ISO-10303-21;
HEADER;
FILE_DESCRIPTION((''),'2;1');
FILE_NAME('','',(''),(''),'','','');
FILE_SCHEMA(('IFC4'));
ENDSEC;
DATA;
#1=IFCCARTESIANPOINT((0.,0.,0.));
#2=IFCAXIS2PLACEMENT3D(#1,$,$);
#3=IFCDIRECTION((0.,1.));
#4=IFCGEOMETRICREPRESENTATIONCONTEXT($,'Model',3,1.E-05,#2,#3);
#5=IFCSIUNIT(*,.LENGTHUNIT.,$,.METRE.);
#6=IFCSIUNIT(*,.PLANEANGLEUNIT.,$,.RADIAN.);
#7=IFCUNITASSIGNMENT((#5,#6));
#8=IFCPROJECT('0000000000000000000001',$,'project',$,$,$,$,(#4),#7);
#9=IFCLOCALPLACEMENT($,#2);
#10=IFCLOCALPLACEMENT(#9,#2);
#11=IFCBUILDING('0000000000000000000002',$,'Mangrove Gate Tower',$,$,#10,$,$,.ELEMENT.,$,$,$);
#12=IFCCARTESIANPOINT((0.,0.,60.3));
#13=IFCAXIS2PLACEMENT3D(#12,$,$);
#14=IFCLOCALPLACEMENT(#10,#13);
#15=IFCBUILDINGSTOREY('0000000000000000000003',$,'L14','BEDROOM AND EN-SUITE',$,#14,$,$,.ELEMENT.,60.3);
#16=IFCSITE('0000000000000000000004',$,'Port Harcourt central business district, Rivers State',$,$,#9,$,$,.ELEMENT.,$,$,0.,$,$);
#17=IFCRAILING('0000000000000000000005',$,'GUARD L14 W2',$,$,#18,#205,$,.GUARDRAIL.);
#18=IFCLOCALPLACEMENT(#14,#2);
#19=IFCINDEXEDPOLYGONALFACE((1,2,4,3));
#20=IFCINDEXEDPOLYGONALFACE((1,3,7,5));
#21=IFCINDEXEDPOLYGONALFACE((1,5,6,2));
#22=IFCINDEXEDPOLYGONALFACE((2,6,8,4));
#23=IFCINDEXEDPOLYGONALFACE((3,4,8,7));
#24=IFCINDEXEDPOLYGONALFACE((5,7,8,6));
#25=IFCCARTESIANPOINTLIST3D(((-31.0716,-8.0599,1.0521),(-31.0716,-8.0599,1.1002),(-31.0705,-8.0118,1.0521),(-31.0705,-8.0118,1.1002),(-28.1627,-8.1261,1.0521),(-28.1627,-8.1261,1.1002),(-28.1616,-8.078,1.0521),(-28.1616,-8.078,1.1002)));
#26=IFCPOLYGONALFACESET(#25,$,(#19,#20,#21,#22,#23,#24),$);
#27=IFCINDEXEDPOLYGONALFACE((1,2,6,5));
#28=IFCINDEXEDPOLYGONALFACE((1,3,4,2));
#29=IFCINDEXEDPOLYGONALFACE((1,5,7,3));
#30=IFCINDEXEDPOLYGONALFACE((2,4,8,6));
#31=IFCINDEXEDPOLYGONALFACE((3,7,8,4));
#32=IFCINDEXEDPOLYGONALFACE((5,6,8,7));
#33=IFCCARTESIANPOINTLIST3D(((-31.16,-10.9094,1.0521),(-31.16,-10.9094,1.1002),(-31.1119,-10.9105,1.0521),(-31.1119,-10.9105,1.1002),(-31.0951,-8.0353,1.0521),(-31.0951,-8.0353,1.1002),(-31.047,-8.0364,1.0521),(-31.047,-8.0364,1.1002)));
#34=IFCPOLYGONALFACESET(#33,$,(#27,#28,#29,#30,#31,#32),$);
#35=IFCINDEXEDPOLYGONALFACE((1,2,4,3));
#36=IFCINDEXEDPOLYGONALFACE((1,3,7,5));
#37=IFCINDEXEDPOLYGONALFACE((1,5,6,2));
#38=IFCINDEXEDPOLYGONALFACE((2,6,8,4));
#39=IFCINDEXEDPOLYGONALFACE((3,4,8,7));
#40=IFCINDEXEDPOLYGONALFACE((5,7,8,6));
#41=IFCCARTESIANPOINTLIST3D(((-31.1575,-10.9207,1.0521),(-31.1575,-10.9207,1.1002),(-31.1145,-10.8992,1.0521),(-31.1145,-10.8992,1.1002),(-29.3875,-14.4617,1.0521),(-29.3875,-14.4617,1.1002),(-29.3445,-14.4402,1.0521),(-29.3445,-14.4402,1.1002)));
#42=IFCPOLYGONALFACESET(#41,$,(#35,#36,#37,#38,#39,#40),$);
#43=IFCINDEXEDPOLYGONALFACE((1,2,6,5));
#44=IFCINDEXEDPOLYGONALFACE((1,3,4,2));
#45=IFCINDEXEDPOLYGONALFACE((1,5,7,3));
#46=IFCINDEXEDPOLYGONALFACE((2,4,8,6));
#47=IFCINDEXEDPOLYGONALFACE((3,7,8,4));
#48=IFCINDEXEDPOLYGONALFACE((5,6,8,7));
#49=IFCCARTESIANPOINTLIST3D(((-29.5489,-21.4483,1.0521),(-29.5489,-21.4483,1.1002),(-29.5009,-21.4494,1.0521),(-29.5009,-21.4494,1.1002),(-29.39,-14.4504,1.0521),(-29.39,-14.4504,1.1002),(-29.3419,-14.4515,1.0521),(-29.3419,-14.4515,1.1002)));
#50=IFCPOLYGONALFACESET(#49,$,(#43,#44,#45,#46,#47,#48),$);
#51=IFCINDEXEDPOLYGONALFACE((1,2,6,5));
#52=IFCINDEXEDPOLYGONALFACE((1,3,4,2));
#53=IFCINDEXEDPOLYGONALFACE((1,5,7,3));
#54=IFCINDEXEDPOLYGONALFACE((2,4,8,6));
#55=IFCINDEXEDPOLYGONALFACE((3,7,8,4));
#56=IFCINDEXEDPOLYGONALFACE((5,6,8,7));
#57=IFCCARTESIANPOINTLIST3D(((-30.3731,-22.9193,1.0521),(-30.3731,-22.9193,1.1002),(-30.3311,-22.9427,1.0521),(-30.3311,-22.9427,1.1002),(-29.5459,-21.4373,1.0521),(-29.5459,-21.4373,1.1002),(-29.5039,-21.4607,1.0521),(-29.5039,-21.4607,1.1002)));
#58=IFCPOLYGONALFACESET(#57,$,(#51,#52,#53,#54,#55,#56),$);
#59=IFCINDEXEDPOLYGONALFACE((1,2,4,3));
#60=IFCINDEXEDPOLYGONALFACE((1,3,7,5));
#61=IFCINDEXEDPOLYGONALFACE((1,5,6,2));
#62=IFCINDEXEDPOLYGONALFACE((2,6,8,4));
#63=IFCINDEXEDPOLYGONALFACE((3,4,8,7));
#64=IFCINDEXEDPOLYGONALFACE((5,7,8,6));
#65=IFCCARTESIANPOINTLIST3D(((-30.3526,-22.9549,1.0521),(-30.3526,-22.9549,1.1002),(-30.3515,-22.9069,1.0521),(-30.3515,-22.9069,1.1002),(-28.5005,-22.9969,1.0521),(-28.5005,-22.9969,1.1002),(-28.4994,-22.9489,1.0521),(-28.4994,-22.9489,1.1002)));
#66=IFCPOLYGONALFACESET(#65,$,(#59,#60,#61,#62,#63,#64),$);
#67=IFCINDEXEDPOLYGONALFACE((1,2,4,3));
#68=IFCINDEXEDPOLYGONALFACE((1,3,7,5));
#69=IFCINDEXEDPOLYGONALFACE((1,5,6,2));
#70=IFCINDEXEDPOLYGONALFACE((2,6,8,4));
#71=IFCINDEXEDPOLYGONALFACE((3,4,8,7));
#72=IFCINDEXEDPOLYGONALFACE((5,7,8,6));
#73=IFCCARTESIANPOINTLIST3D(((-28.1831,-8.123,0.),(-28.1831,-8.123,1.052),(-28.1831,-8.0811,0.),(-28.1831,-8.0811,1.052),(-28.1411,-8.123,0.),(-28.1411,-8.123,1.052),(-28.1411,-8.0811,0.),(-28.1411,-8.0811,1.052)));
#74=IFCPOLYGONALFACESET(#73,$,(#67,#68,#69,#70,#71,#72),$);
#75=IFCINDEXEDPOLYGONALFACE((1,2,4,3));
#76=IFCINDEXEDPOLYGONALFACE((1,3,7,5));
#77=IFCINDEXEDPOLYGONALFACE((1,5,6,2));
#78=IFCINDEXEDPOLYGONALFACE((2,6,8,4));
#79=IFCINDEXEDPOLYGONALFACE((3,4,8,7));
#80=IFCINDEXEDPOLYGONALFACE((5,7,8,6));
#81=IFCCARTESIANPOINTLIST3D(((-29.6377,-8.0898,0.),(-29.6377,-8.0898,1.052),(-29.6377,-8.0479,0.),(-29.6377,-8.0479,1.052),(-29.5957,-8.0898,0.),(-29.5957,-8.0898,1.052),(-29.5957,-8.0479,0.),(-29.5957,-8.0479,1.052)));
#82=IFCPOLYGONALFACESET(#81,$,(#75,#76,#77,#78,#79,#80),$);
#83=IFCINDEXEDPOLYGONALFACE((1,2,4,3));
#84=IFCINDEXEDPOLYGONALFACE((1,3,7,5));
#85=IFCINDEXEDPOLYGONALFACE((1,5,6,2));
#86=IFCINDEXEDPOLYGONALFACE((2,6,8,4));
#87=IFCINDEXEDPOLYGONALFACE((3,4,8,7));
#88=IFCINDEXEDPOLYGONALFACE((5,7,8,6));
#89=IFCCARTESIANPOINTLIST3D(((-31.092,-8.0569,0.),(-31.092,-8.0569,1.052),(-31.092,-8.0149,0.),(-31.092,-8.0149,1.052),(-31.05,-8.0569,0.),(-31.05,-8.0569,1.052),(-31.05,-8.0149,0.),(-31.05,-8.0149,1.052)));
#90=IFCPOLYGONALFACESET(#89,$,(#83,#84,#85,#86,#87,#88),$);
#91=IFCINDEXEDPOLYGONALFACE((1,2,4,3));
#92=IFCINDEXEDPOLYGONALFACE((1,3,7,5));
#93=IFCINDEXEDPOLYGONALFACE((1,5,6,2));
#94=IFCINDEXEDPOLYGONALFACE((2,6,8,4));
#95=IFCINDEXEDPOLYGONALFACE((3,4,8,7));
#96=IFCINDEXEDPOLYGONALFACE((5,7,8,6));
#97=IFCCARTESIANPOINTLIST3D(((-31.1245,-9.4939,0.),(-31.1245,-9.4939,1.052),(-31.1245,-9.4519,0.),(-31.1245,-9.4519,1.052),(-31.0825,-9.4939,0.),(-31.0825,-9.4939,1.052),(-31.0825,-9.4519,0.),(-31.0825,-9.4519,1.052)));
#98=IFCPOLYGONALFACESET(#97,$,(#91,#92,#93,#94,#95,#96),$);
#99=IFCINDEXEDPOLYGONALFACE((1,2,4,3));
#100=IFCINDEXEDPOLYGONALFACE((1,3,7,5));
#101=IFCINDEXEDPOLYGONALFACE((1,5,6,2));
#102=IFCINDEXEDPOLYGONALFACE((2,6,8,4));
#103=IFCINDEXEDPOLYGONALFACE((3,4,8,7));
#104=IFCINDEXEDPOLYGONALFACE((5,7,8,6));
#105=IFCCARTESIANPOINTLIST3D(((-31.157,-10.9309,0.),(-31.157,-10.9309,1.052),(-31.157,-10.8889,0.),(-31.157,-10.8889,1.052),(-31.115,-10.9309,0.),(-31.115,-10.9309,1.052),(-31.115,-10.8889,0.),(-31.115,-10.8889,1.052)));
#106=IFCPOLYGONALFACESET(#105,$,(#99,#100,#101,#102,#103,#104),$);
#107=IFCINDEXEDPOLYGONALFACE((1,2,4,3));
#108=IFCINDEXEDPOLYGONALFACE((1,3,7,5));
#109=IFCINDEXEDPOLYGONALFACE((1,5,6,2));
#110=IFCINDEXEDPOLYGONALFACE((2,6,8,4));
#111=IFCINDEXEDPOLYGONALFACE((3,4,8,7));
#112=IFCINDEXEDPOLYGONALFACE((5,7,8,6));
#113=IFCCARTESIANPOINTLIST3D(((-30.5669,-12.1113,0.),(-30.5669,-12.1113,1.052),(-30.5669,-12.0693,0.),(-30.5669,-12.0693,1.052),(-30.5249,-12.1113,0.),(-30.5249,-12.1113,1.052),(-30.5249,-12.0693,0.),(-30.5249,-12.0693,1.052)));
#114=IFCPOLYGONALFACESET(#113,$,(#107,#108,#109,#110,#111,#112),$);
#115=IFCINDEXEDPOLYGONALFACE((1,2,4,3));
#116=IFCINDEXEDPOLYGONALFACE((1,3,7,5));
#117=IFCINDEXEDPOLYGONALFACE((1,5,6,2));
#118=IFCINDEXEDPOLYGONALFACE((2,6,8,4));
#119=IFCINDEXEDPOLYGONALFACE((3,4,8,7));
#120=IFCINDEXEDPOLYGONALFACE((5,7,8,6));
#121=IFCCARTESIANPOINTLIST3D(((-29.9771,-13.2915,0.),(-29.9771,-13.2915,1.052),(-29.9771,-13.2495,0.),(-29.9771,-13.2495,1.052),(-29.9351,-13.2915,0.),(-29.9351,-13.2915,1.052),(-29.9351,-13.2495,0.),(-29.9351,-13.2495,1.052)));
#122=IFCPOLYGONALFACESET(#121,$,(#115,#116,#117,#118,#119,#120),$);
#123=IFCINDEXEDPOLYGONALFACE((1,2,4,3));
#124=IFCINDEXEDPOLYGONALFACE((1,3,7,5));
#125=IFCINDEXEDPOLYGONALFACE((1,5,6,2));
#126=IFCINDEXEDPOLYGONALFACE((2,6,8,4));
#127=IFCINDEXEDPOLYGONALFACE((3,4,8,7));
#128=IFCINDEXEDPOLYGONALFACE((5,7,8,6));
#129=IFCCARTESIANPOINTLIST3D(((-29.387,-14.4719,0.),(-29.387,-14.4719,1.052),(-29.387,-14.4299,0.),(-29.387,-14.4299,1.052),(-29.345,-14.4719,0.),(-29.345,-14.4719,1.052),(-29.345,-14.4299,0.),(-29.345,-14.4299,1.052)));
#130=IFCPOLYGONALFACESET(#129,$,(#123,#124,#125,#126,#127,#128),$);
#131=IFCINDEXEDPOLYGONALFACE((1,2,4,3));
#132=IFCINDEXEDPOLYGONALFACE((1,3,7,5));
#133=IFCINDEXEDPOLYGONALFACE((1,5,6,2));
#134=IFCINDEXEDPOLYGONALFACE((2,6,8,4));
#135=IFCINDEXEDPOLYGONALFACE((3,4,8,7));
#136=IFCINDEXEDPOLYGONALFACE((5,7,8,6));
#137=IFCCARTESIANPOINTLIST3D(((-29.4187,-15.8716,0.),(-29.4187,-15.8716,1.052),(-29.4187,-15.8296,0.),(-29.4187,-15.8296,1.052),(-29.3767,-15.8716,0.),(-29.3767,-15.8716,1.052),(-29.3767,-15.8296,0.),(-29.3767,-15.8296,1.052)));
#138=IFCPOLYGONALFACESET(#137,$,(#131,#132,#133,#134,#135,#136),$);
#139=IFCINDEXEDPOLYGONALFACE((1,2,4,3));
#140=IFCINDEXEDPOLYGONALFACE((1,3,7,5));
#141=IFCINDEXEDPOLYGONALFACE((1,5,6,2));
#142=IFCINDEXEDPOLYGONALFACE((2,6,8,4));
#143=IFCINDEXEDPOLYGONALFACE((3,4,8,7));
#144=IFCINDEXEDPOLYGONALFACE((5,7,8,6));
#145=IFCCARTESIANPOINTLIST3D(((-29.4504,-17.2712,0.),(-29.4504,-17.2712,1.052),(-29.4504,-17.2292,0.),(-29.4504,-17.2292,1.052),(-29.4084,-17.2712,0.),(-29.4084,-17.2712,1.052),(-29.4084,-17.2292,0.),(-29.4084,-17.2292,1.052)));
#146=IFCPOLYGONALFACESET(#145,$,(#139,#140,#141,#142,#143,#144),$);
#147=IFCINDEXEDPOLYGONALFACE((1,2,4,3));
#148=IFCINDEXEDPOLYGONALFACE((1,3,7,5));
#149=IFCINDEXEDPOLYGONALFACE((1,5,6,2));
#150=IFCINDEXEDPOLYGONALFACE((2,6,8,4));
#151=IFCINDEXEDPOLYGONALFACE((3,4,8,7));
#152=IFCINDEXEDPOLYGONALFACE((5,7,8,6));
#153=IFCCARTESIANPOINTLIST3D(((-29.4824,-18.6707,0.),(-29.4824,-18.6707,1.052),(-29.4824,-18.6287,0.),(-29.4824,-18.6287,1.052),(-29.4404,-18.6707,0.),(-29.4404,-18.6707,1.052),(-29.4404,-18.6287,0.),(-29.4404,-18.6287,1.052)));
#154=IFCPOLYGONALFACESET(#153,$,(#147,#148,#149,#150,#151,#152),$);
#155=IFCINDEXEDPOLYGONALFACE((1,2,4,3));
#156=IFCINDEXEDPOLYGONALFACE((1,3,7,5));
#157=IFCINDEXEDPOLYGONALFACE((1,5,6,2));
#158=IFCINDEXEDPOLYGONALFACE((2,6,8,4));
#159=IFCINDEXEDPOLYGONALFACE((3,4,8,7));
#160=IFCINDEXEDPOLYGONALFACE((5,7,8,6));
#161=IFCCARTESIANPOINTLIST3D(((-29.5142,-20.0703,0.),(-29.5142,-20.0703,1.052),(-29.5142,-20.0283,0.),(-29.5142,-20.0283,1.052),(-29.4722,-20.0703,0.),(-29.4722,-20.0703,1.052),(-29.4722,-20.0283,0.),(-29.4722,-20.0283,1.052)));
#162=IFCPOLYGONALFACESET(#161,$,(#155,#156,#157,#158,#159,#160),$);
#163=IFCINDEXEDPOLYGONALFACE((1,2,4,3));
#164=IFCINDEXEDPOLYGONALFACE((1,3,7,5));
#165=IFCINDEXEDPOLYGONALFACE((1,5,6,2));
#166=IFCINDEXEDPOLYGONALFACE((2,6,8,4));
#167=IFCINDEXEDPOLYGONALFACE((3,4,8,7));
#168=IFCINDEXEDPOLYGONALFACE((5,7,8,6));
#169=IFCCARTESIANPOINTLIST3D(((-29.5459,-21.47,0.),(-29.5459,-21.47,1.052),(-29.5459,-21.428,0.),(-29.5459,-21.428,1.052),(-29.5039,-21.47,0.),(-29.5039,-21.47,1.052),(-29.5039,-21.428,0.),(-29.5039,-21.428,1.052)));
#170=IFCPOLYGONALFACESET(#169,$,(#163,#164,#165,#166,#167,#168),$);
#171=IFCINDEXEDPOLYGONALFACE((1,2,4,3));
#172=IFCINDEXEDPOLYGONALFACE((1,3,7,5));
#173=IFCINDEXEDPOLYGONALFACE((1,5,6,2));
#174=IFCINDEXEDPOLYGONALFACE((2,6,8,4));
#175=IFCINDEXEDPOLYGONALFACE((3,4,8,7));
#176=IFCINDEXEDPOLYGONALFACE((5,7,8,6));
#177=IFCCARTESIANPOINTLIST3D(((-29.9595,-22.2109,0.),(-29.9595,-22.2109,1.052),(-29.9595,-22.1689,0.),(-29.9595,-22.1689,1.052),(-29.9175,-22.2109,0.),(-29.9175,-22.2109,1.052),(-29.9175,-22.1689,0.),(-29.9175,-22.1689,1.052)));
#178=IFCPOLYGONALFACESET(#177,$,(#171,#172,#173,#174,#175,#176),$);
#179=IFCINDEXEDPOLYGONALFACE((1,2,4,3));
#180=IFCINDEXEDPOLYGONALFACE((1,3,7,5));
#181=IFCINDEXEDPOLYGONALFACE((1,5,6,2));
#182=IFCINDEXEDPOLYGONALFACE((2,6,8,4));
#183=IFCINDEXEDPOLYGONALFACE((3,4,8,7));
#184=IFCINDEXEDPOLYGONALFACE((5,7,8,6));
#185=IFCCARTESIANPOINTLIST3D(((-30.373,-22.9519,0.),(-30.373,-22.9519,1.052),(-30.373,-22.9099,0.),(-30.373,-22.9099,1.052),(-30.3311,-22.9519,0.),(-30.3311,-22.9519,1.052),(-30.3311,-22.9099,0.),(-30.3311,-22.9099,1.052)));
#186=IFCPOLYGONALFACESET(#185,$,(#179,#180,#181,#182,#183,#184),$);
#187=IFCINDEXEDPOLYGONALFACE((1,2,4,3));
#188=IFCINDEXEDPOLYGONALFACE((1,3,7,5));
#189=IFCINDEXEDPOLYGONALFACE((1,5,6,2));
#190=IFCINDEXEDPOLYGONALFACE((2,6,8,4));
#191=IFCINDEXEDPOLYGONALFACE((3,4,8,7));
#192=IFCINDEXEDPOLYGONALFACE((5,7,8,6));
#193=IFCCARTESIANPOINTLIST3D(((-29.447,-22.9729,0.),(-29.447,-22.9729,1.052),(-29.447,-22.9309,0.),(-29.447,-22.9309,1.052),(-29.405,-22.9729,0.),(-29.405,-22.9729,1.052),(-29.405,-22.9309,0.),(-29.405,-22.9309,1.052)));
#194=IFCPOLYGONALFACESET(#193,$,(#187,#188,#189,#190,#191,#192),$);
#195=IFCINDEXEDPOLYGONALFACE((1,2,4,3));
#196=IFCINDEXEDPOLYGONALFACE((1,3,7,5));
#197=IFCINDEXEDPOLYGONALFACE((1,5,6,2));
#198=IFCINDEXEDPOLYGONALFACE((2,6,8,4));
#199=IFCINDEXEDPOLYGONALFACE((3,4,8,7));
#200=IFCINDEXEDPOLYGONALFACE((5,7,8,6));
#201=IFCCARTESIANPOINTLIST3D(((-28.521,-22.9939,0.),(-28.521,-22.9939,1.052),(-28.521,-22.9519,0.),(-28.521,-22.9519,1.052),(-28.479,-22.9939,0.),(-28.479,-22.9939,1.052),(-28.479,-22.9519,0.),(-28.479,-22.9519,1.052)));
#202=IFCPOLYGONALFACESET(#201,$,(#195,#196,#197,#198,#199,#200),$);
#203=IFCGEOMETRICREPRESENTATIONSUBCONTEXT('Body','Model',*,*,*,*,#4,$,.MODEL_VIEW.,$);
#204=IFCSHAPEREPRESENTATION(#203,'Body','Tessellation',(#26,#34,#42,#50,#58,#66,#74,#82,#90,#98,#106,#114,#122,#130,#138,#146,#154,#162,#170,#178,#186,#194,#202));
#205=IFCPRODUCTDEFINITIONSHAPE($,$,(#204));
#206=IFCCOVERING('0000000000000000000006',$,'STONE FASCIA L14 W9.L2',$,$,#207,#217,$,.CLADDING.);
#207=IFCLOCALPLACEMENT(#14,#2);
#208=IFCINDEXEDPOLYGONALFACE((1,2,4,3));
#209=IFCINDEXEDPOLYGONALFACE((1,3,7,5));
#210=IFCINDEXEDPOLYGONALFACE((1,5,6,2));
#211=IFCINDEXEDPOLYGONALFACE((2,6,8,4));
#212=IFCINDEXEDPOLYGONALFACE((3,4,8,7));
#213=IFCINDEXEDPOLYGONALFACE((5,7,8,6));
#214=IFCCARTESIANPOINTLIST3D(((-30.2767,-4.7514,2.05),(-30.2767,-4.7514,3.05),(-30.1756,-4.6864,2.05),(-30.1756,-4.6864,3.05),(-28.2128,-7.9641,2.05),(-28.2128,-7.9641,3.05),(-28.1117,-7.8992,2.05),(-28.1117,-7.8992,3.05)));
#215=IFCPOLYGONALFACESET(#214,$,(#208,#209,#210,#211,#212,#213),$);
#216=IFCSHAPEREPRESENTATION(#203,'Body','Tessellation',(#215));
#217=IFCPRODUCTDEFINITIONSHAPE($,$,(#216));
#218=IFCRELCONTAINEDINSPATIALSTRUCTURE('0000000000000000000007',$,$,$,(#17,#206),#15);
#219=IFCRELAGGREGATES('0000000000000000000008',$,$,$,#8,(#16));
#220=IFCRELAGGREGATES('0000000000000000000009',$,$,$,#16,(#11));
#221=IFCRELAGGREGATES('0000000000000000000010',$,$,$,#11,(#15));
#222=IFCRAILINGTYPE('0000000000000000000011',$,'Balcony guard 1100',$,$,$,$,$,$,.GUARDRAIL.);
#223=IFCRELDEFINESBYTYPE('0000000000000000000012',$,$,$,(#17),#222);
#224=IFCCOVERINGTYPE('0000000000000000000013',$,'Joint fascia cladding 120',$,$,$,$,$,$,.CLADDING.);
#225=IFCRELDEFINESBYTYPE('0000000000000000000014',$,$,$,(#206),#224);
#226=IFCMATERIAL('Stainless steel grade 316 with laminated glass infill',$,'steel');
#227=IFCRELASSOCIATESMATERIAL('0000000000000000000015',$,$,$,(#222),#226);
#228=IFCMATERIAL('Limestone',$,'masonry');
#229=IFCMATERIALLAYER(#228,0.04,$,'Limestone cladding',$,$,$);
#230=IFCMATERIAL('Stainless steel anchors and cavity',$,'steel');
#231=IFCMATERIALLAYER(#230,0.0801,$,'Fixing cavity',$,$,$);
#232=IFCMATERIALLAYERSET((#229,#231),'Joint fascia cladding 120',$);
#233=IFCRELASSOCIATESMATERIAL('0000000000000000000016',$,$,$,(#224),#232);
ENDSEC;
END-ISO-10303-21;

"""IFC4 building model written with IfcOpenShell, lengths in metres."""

from ifc_helpers import new_model, si_unit, direction, frame, frame_2d, origin, origin_2d, place, context, subcontext, project, spatial, rectangle, extrude, material, layer, layer_set, type_object, element, save


model = new_model("IFC4")

# Units and contexts
model_context = context("Model", 3, precision=1e-05, world=origin(), true_north=direction((0.0, 1.0)))
body_context = subcontext(model_context, "Body", "Model", "MODEL_VIEW")
ifc_project = project(units=[si_unit("LENGTHUNIT", "METRE"), si_unit("PLANEANGLEUNIT", "RADIAN")], contexts=[model_context])

# Site, building, storey
site_placement = place(None, origin())
site = spatial("IfcSite", under=ifc_project, at=site_placement, Name="Port Harcourt central business district, Rivers State", CompositionType="ELEMENT", RefElevation=0.0)
building_placement = place(site_placement, origin())
building = spatial("IfcBuilding", under=site, at=building_placement, Name="Mangrove Gate Tower", CompositionType="ELEMENT")
storey_placement = place(building_placement, frame((0.0, 0.0, 60.3)))
storey = spatial("IfcBuildingStorey", under=building, at=storey_placement, Name="L14", Description="BEDROOM AND EN-SUITE", CompositionType="ELEMENT", Elevation=60.3)

# Shared definitions
ifc_material_1 = material(Name="Limestone", Category="masonry")

# Railing
ifc_material_2 = material(Name="Stainless steel grade 316 with laminated glass infill", Category="steel")
railing_type = type_object("IfcRailingType", Name="Balcony guard 1100", PredefinedType="GUARDRAIL", material=ifc_material_2)
railing_placement = place(storey_placement, frame((-28.1621, -8.1021, 0.0)))
element("IfcRailing", 1, at=railing_placement, inside=storey, type_object=railing_type, Name="GUARD L14 W2", PredefinedType="GUARDRAIL", context=body_context, shape_type="SweptSolid", body=[
    extrude(rectangle(XDim=0.0481, YDim=0.0481, at=origin_2d()), frame((0.0, 0.0, 1.0762), z_axis=(-0.999741, 0.022739, 0.0), x_axis=(-0.022739, -0.999741, 0.0)), (0.0, 0.0, 1.0), 2.9097),
    extrude(rectangle(XDim=0.0481, YDim=0.0481, at=origin_2d()), frame((-2.9089, 0.0662, 1.0762), z_axis=(-0.02259, -0.999745, 0.0), x_axis=(0.999745, -0.02259, 0.0)), (0.0, 0.0, 1.0), 2.8748),
    extrude(rectangle(XDim=0.0481, YDim=0.0481, at=origin_2d()), frame((-2.9739, -2.8079, 1.0762), z_axis=(0.447115, -0.894477, 0.0), x_axis=(0.894477, 0.447115, 0.0)), (0.0, 0.0, 1.0), 3.9587),
    extrude(rectangle(XDim=0.0481, YDim=0.0481, at=origin_2d()), frame((-1.2039, -6.3489, 1.0762), z_axis=(-0.022706, -0.999742, 0.0), x_axis=(0.999742, -0.022706, 0.0)), (0.0, 0.0, 1.0), 6.9998),
    extrude(rectangle(XDim=0.0481, YDim=0.0481, at=origin_2d()), frame((-1.3628, -13.3469, 1.0762), z_axis=(-0.487376, -0.873192, 0.0), x_axis=(0.873192, -0.487376, 0.0)), (0.0, 0.0, 1.0), 1.6973),
    extrude(rectangle(XDim=0.0481, YDim=0.0481, at=origin_2d()), frame((-2.1899, -14.8289, 1.0762), z_axis=(0.999743, -0.022668, 0.0), x_axis=(0.022668, 0.999743, 0.0)), (0.0, 0.0, 1.0), 1.8525),
    extrude(rectangle(XDim=0.042, YDim=0.042, at=origin_2d()), origin(), (0.0, 0.0, 1.0), 1.052),
    extrude(rectangle(XDim=0.042, YDim=0.042, at=origin_2d()), frame((-1.4546, 0.0332, 0.0)), (0.0, 0.0, 1.0), 1.052),
    extrude(rectangle(XDim=0.042, YDim=0.042, at=origin_2d()), frame((-2.9089, 0.0662, 0.0)), (0.0, 0.0, 1.0), 1.052),
    extrude(rectangle(XDim=0.042, YDim=0.042, at=origin_2d()), frame((-2.9414, -1.3708, 0.0)), (0.0, 0.0, 1.0), 1.052),
    extrude(rectangle(XDim=0.042, YDim=0.042, at=origin_2d()), frame((-2.9739, -2.8079, 0.0)), (0.0, 0.0, 1.0), 1.052),
    extrude(rectangle(XDim=0.042, YDim=0.042, at=origin_2d()), frame((-2.3838, -3.9883, 0.0)), (0.0, 0.0, 1.0), 1.052),
    extrude(rectangle(XDim=0.042, YDim=0.042, at=origin_2d()), frame((-1.7939, -5.1685, 0.0)), (0.0, 0.0, 1.0), 1.052),
    extrude(rectangle(XDim=0.042, YDim=0.042, at=origin_2d()), frame((-1.2039, -6.3489, 0.0)), (0.0, 0.0, 1.0), 1.052),
    extrude(rectangle(XDim=0.042, YDim=0.042, at=origin_2d()), frame((-1.2356, -7.7485, 0.0)), (0.0, 0.0, 1.0), 1.052),
    extrude(rectangle(XDim=0.042, YDim=0.042, at=origin_2d()), frame((-1.2673, -9.1482, 0.0)), (0.0, 0.0, 1.0), 1.052),
    extrude(rectangle(XDim=0.042, YDim=0.042, at=origin_2d()), frame((-1.2993, -10.5476, 0.0)), (0.0, 0.0, 1.0), 1.052),
    extrude(rectangle(XDim=0.042, YDim=0.042, at=origin_2d()), frame((-1.3311, -11.9473, 0.0)), (0.0, 0.0, 1.0), 1.052),
    extrude(rectangle(XDim=0.042, YDim=0.042, at=origin_2d()), frame((-1.3628, -13.3469, 0.0)), (0.0, 0.0, 1.0), 1.052),
    extrude(rectangle(XDim=0.042, YDim=0.042, at=origin_2d()), frame((-1.7764, -14.0879, 0.0)), (0.0, 0.0, 1.0), 1.052),
    extrude(rectangle(XDim=0.042, YDim=0.042, at=origin_2d()), frame((-2.1899, -14.8289, 0.0)), (0.0, 0.0, 1.0), 1.052),
    extrude(rectangle(XDim=0.042, YDim=0.042, at=origin_2d()), frame((-1.2639, -14.8499, 0.0)), (0.0, 0.0, 1.0), 1.052),
    extrude(rectangle(XDim=0.042, YDim=0.042, at=origin_2d()), frame((-0.3379, -14.8708, 0.0)), (0.0, 0.0, 1.0), 1.052),
])

# Covering
ifc_layer_1 = layer(ifc_material_1, 0.04, Name="Limestone cladding")
ifc_material_3 = material(Name="Stainless steel anchors and cavity", Category="steel")
ifc_layer_2 = layer(ifc_material_3, 0.0801, Name="Fixing cavity")
ifc_layer_set_1 = layer_set([ifc_layer_1, ifc_layer_2], Name="Joint fascia cladding 120")
covering_type = type_object("IfcCoveringType", Name="Joint fascia cladding 120", PredefinedType="CLADDING", material=ifc_layer_set_1)
covering_placement = place(storey_placement, frame((-30.2261, -4.719, 2.05), z_axis=(0.0, 0.0, 1.0), x_axis=(0.540486, -0.841353, 0.0)))
element("IfcCovering", 2, at=covering_placement, inside=storey, type_object=covering_type, Name="STONE FASCIA L14 W9.L2", PredefinedType="CLADDING", context=body_context, shape_type="SweptSolid", body=[
    extrude(rectangle(XDim=3.8186, YDim=0.1201, at=frame_2d((1.9092, 0.0))), origin(), (0.0, 0.0, 1.0), 1.0),
])

save(model, "model.ifc")
